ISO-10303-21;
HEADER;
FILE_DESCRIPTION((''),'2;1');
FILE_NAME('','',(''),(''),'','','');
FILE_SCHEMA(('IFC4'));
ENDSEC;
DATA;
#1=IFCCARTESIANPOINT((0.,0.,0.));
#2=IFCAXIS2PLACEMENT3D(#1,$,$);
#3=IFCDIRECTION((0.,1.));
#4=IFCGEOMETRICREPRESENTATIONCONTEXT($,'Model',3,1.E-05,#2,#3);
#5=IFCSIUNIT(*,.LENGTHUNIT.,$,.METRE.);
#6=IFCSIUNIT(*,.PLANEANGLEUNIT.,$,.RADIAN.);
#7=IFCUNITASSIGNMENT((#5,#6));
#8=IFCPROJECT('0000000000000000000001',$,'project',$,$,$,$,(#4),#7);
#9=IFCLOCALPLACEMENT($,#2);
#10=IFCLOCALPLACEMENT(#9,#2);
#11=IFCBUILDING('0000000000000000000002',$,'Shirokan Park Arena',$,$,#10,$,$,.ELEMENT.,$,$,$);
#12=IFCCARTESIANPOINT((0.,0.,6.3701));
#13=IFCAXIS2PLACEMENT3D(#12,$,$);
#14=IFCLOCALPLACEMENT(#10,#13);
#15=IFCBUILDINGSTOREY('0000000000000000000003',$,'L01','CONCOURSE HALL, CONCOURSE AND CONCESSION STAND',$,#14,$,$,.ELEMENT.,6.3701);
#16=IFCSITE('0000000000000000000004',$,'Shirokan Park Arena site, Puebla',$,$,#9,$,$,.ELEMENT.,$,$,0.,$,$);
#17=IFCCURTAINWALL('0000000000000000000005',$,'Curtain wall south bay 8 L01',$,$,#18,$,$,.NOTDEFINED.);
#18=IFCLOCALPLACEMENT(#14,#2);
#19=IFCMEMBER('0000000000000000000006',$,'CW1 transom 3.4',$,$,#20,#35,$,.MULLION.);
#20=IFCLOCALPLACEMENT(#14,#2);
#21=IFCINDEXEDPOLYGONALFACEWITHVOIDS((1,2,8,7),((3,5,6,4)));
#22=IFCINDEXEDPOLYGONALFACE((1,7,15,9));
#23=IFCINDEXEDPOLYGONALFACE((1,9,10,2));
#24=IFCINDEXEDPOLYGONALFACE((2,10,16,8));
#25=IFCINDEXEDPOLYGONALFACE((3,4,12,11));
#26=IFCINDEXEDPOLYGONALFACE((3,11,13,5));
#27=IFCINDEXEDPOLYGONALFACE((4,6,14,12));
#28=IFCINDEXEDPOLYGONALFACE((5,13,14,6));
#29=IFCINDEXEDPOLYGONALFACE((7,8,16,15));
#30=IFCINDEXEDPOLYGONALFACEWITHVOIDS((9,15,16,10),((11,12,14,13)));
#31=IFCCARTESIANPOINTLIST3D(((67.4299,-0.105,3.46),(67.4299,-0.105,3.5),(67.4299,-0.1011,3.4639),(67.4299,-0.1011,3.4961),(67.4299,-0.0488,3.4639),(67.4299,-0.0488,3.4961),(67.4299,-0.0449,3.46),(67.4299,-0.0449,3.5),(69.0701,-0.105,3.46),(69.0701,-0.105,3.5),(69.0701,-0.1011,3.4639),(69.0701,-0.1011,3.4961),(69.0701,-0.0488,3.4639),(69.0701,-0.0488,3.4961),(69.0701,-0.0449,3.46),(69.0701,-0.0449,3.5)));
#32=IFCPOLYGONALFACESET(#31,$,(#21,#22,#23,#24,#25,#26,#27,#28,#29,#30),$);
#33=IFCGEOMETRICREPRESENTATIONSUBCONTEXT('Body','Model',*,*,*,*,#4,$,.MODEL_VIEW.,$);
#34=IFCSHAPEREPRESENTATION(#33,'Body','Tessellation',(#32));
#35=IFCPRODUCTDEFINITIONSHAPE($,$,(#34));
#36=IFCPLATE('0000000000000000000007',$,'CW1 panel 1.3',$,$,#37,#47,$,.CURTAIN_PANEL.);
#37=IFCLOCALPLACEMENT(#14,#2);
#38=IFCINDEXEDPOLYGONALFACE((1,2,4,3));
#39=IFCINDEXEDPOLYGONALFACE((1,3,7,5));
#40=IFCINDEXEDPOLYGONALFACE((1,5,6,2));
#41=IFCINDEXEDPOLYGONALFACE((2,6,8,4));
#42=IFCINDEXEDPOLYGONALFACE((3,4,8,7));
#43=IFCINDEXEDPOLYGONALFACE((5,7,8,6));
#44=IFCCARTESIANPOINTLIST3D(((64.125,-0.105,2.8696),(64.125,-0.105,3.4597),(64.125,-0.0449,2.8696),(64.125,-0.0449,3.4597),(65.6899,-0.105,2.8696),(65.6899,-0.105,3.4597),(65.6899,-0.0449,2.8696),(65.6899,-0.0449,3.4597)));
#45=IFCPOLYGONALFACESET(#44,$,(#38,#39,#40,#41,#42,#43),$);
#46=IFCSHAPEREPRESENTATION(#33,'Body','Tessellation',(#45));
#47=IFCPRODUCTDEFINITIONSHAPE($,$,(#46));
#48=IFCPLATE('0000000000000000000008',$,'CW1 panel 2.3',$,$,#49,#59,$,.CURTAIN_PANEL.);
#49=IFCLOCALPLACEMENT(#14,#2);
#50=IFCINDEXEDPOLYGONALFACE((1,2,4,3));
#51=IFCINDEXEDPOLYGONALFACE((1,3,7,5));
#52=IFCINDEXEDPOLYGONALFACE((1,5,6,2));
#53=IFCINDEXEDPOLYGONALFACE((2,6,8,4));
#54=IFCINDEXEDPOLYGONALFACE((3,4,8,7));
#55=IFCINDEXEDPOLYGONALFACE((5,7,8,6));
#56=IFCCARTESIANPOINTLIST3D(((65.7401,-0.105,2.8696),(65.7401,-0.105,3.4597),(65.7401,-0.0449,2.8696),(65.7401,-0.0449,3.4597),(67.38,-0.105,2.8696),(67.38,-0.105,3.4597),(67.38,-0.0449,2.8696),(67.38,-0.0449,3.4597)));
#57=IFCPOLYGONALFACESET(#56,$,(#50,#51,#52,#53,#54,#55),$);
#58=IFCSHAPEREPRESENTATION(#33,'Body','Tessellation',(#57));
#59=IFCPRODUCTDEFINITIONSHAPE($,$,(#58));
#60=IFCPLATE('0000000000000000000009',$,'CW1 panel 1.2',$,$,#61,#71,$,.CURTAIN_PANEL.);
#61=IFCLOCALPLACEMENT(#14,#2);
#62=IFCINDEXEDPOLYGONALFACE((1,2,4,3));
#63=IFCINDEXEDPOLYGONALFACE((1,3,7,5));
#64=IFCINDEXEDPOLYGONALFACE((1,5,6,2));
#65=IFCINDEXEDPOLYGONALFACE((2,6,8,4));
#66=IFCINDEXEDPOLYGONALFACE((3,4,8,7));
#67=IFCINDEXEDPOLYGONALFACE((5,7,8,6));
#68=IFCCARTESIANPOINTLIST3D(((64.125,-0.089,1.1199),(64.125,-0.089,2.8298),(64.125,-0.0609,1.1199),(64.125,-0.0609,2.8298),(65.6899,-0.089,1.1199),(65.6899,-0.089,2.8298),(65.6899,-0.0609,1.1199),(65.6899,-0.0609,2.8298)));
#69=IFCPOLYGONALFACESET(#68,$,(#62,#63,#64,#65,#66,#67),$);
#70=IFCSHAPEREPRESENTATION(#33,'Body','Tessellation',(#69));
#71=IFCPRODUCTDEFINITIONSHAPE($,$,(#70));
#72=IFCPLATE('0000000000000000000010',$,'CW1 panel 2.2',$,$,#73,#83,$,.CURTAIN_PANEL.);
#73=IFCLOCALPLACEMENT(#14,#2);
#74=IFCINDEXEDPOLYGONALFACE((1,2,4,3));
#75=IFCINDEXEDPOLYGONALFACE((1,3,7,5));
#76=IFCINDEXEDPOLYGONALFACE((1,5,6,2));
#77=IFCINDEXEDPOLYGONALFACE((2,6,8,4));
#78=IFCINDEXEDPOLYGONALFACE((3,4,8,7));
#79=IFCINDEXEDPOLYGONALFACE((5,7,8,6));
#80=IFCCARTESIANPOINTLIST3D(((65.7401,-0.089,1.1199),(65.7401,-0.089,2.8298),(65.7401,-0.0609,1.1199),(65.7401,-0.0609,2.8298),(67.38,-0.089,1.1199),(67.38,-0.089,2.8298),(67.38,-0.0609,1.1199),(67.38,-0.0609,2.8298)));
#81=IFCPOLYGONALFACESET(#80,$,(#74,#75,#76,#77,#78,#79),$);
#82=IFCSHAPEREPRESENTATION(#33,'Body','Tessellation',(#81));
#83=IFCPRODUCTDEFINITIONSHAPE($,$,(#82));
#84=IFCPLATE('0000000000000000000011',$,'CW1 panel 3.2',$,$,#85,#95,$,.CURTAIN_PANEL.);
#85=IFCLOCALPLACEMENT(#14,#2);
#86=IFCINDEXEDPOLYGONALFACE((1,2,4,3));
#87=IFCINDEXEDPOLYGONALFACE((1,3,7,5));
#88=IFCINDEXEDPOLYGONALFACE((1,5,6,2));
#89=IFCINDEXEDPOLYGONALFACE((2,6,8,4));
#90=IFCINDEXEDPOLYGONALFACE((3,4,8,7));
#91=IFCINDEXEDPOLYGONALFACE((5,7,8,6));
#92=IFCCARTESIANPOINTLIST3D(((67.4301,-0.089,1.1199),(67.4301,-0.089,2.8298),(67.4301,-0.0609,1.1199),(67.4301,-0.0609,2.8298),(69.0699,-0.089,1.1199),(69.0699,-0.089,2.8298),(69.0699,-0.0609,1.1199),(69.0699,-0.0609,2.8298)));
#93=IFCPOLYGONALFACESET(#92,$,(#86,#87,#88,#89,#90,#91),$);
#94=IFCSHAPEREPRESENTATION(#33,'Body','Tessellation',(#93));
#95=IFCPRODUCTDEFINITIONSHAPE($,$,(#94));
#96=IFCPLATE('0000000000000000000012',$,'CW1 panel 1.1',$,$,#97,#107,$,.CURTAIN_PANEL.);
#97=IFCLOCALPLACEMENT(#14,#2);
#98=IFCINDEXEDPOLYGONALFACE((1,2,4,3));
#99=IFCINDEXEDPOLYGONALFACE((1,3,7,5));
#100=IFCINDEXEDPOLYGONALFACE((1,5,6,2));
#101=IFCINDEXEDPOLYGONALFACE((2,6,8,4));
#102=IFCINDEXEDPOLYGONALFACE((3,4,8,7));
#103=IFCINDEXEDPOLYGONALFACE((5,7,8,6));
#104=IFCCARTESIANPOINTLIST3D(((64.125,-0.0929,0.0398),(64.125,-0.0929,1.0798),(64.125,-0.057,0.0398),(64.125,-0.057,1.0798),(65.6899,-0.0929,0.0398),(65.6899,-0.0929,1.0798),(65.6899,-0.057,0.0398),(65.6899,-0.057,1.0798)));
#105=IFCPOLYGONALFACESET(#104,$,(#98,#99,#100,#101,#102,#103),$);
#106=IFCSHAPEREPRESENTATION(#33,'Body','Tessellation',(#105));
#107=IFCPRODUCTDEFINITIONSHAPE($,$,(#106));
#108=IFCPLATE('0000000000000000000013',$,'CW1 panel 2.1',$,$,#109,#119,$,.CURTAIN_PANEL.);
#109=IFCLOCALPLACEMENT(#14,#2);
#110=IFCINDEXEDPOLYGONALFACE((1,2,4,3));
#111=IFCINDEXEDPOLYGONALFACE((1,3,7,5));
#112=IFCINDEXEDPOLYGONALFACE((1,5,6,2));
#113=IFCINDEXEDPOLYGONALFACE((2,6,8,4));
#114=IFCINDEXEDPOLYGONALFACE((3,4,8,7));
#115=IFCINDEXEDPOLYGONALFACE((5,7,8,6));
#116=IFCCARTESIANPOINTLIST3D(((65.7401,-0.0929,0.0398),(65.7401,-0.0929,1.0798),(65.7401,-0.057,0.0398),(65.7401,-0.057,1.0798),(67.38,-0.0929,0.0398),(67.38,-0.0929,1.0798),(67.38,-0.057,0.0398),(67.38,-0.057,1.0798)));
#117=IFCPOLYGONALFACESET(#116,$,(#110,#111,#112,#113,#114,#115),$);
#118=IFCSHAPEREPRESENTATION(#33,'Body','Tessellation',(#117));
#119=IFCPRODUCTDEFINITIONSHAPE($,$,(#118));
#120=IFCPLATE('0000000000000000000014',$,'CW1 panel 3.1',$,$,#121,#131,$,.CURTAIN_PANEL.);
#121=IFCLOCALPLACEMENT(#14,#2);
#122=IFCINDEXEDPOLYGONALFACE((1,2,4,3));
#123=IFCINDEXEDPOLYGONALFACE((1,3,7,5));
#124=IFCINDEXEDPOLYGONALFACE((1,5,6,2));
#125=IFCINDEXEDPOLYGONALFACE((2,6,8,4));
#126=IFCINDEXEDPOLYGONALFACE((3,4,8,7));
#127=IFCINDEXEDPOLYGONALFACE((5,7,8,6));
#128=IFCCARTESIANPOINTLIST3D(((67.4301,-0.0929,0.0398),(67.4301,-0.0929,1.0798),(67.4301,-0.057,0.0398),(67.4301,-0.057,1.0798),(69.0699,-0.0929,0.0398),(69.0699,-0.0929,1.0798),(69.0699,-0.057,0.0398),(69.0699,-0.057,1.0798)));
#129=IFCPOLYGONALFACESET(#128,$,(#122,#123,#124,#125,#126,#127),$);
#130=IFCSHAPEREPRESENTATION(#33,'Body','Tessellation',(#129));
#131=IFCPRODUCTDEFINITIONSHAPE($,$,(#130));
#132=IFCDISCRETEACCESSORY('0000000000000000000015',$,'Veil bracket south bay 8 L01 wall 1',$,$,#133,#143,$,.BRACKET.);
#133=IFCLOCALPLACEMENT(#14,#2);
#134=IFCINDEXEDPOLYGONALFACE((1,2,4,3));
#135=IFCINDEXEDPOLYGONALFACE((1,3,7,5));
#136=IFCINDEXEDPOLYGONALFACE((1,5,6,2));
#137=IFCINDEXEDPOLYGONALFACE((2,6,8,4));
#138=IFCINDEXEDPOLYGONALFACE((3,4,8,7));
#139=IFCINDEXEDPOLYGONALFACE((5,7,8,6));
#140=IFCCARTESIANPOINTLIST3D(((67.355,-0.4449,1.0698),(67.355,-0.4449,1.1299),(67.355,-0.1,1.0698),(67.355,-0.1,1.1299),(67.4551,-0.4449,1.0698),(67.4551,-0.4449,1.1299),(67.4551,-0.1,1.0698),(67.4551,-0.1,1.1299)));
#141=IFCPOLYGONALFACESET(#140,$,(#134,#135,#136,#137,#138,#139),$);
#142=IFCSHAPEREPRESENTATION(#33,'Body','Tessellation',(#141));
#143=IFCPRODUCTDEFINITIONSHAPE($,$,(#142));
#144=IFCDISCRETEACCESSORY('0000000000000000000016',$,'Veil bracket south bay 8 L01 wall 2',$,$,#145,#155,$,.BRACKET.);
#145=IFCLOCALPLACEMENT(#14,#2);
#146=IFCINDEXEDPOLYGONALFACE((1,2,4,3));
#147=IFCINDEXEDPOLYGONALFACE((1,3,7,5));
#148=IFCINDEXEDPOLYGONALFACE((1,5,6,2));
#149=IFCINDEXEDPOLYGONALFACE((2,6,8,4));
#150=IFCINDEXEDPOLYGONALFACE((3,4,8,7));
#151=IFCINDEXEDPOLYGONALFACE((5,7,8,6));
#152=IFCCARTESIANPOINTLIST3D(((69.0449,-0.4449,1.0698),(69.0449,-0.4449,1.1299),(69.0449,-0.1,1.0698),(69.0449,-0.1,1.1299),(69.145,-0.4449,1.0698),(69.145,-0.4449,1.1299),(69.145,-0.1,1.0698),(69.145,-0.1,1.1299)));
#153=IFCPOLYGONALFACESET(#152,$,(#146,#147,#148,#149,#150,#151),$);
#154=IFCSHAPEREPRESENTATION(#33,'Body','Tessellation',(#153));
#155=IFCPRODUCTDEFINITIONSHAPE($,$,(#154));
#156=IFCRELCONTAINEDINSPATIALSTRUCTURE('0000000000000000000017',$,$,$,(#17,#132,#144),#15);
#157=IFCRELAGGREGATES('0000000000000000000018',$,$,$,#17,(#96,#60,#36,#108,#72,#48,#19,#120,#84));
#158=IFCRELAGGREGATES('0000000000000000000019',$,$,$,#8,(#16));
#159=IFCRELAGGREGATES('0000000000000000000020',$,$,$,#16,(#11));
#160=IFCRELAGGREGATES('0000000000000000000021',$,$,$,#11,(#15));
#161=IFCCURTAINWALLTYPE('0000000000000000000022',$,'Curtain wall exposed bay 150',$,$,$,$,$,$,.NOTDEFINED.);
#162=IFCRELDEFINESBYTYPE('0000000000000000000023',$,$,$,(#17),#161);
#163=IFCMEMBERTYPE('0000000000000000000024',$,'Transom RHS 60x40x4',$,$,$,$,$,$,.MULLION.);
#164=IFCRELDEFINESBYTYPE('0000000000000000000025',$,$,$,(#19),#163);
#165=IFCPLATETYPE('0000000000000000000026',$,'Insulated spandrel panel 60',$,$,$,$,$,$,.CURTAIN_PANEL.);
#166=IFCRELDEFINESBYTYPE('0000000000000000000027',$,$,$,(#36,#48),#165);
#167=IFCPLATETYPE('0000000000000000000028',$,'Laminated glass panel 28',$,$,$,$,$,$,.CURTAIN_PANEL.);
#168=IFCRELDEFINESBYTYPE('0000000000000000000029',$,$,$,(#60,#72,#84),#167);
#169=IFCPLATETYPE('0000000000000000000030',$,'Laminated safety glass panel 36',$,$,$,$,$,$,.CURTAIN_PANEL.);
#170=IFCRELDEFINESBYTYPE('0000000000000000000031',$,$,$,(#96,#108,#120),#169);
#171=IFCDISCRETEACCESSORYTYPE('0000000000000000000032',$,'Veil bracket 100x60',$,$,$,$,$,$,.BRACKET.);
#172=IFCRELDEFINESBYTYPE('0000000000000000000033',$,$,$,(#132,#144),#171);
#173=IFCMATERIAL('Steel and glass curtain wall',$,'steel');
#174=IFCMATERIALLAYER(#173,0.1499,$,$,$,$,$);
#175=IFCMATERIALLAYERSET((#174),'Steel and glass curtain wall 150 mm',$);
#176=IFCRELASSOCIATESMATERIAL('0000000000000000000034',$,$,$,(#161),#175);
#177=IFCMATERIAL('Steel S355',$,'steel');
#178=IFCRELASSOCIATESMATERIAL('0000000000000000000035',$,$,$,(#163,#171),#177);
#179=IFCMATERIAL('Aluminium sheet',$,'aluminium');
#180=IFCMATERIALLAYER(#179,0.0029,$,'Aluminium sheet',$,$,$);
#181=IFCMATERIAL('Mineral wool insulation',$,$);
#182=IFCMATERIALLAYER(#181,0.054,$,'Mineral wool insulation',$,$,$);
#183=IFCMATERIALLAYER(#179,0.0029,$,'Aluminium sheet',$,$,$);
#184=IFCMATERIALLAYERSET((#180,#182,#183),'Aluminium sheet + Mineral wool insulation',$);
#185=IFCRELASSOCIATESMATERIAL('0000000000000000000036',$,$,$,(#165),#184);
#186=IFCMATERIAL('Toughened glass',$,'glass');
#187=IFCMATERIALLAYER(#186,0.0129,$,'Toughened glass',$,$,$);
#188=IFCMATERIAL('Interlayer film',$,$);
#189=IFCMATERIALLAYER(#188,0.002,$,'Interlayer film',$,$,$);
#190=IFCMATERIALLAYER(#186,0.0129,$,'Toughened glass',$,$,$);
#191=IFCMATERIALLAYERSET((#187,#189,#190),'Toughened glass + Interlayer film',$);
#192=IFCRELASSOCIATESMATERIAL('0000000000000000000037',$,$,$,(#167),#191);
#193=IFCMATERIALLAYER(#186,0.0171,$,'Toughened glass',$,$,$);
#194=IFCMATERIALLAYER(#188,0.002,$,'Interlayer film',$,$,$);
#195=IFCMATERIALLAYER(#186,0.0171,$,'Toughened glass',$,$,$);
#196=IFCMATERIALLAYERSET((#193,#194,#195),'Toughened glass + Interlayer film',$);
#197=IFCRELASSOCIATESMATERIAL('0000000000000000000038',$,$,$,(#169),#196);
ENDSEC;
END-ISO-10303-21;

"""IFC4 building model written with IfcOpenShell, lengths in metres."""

from ifc_helpers import new_model, si_unit, direction, frame, origin, origin_2d, place, context, subcontext, project, spatial, rectangle, hollow_rectangle, extrude, material, layer, layer_set, material_profile, profile_set, type_object, element, aggregate, save


model = new_model("IFC4")

# Units and contexts
model_context = context("Model", 3, precision=1e-05, world=origin(), true_north=direction((0.0, 1.0)))
body_context = subcontext(model_context, "Body", "Model", "MODEL_VIEW")
ifc_project = project(units=[si_unit("LENGTHUNIT", "METRE"), si_unit("PLANEANGLEUNIT", "RADIAN")], contexts=[model_context])

# Site, building, storey
site_placement = place(None, origin())
site = spatial("IfcSite", under=ifc_project, at=site_placement, Name="Shirokan Park Arena site, Puebla", CompositionType="ELEMENT", RefElevation=0.0)
building_placement = place(site_placement, origin())
building = spatial("IfcBuilding", under=site, at=building_placement, Name="Shirokan Park Arena", CompositionType="ELEMENT")
storey_placement = place(building_placement, frame((0.0, 0.0, 6.3701)))
storey = spatial("IfcBuildingStorey", under=building, at=storey_placement, Name="L01", Description="CONCOURSE HALL, CONCOURSE AND CONCESSION STAND", CompositionType="ELEMENT", Elevation=6.3701)

# Curtain wall, member, plates
ifc_material_1 = material(Name="Steel and glass curtain wall", Category="steel")
ifc_layer_1 = layer(ifc_material_1, 0.1499)
ifc_layer_set_1 = layer_set([ifc_layer_1], Name="Steel and glass curtain wall 150 mm")
curtain_wall_type = type_object("IfcCurtainWallType", Name="Curtain wall exposed bay 150", PredefinedType="NOTDEFINED", material=ifc_layer_set_1)
curtain_wall_placement = place(storey_placement, origin())
curtain_wall = element("IfcCurtainWall", 1, at=curtain_wall_placement, inside=storey, type_object=curtain_wall_type, Name="Curtain wall south bay 8 L01", PredefinedType="NOTDEFINED")
ifc_material_2 = material(Name="Steel S355", Category="steel")
ifc_material_profile_1 = material_profile(ifc_material_2, hollow_rectangle(XDim=0.0601, YDim=0.04, WallThickness=0.0039, at=origin_2d()), Name="RHS 60x40x4")
ifc_profile_set_1 = profile_set([ifc_material_profile_1], Name="Steel S355")
member_type_1 = type_object("IfcMemberType", Name="Transom RHS 60x40x4", PredefinedType="MULLION", material=ifc_profile_set_1)
member_1_placement = place(storey_placement, frame((67.4299, -0.075, 3.48), z_axis=(1.0, 0.0, 0.0), x_axis=(0.0, 1.0, 0.0)))
member_1 = element("IfcMember", 2, at=member_1_placement, type_object=member_type_1, Name="CW1 transom 3.4", PredefinedType="MULLION", context=body_context, shape_type="SweptSolid", body=[
    extrude(hollow_rectangle(XDim=0.0601, YDim=0.04, WallThickness=0.0039, at=origin_2d()), origin(), (0.0, 0.0, 1.0), 1.6401),
])
ifc_material_3 = material(Name="Aluminium sheet", Category="aluminium")
ifc_layer_2 = layer(ifc_material_3, 0.0029, Name="Aluminium sheet")
ifc_material_4 = material(Name="Mineral wool insulation")
ifc_layer_3 = layer(ifc_material_4, 0.054, Name="Mineral wool insulation")
ifc_layer_4 = layer(ifc_material_3, 0.0029, Name="Aluminium sheet")
ifc_layer_set_2 = layer_set([ifc_layer_2, ifc_layer_3, ifc_layer_4], Name="Aluminium sheet + Mineral wool insulation")
plate_type_1 = type_object("IfcPlateType", Name="Insulated spandrel panel 60", PredefinedType="CURTAIN_PANEL", material=ifc_layer_set_2)
plate_1_placement = place(storey_placement, frame((64.9075, -0.075, 2.8696), z_axis=(0.0, 0.0, 1.0), x_axis=(1.0, 0.0, 0.0)))
plate_1 = element("IfcPlate", 3, at=plate_1_placement, type_object=plate_type_1, Name="CW1 panel 1.3", PredefinedType="CURTAIN_PANEL", context=body_context, shape_type="SweptSolid", body=[
    extrude(rectangle(XDim=1.5649, YDim=0.0601, at=origin_2d()), origin(), (0.0, 0.0, 1.0), 0.5901),
])
plate_2_placement = place(storey_placement, frame((66.5601, -0.075, 2.8696), z_axis=(0.0, 0.0, 1.0), x_axis=(1.0, 0.0, 0.0)))
plate_2 = element("IfcPlate", 4, at=plate_2_placement, type_object=plate_type_1, Name="CW1 panel 2.3", PredefinedType="CURTAIN_PANEL", context=body_context, shape_type="SweptSolid", body=[
    extrude(rectangle(XDim=1.6399, YDim=0.0601, at=origin_2d()), origin(), (0.0, 0.0, 1.0), 0.5901),
])
ifc_material_5 = material(Name="Toughened glass", Category="glass")
ifc_layer_5 = layer(ifc_material_5, 0.0129, Name="Toughened glass")
ifc_material_6 = material(Name="Interlayer film")
ifc_layer_6 = layer(ifc_material_6, 0.002, Name="Interlayer film")
ifc_layer_7 = layer(ifc_material_5, 0.0129, Name="Toughened glass")
ifc_layer_set_3 = layer_set([ifc_layer_5, ifc_layer_6, ifc_layer_7], Name="Toughened glass + Interlayer film")
plate_type_2 = type_object("IfcPlateType", Name="Laminated glass panel 28", PredefinedType="CURTAIN_PANEL", material=ifc_layer_set_3)
plate_3_placement = place(storey_placement, frame((64.9075, -0.075, 1.1199), z_axis=(0.0, 0.0, 1.0), x_axis=(1.0, 0.0, 0.0)))
plate_3 = element("IfcPlate", 5, at=plate_3_placement, type_object=plate_type_2, Name="CW1 panel 1.2", PredefinedType="CURTAIN_PANEL", context=body_context, shape_type="SweptSolid", body=[
    extrude(rectangle(XDim=1.5649, YDim=0.0281, at=origin_2d()), origin(), (0.0, 0.0, 1.0), 1.71),
])
plate_4_placement = place(storey_placement, frame((66.5601, -0.075, 1.1199), z_axis=(0.0, 0.0, 1.0), x_axis=(1.0, 0.0, 0.0)))
plate_4 = element("IfcPlate", 6, at=plate_4_placement, type_object=plate_type_2, Name="CW1 panel 2.2", PredefinedType="CURTAIN_PANEL", context=body_context, shape_type="SweptSolid", body=[
    extrude(rectangle(XDim=1.6399, YDim=0.0281, at=origin_2d()), origin(), (0.0, 0.0, 1.0), 1.71),
])
plate_5_placement = place(storey_placement, frame((68.25, -0.075, 1.1199), z_axis=(0.0, 0.0, 1.0), x_axis=(1.0, 0.0, 0.0)))
plate_5 = element("IfcPlate", 7, at=plate_5_placement, type_object=plate_type_2, Name="CW1 panel 3.2", PredefinedType="CURTAIN_PANEL", context=body_context, shape_type="SweptSolid", body=[
    extrude(rectangle(XDim=1.6399, YDim=0.0281, at=origin_2d()), origin(), (0.0, 0.0, 1.0), 1.71),
])
ifc_layer_8 = layer(ifc_material_5, 0.0171, Name="Toughened glass")
ifc_layer_9 = layer(ifc_material_6, 0.002, Name="Interlayer film")
ifc_layer_10 = layer(ifc_material_5, 0.0171, Name="Toughened glass")
ifc_layer_set_4 = layer_set([ifc_layer_8, ifc_layer_9, ifc_layer_10], Name="Toughened glass + Interlayer film")
plate_type_3 = type_object("IfcPlateType", Name="Laminated safety glass panel 36", PredefinedType="CURTAIN_PANEL", material=ifc_layer_set_4)
plate_6_placement = place(storey_placement, frame((64.9075, -0.075, 0.0398), z_axis=(0.0, 0.0, 1.0), x_axis=(1.0, 0.0, 0.0)))
plate_6 = element("IfcPlate", 8, at=plate_6_placement, type_object=plate_type_3, Name="CW1 panel 1.1", PredefinedType="CURTAIN_PANEL", context=body_context, shape_type="SweptSolid", body=[
    extrude(rectangle(XDim=1.5649, YDim=0.0359, at=origin_2d()), origin(), (0.0, 0.0, 1.0), 1.04),
])
plate_7_placement = place(storey_placement, frame((66.5601, -0.075, 0.0398), z_axis=(0.0, 0.0, 1.0), x_axis=(1.0, 0.0, 0.0)))
plate_7 = element("IfcPlate", 9, at=plate_7_placement, type_object=plate_type_3, Name="CW1 panel 2.1", PredefinedType="CURTAIN_PANEL", context=body_context, shape_type="SweptSolid", body=[
    extrude(rectangle(XDim=1.6399, YDim=0.0359, at=origin_2d()), origin(), (0.0, 0.0, 1.0), 1.04),
])
plate_8_placement = place(storey_placement, frame((68.25, -0.075, 0.0398), z_axis=(0.0, 0.0, 1.0), x_axis=(1.0, 0.0, 0.0)))
plate_8 = element("IfcPlate", 10, at=plate_8_placement, type_object=plate_type_3, Name="CW1 panel 3.1", PredefinedType="CURTAIN_PANEL", context=body_context, shape_type="SweptSolid", body=[
    extrude(rectangle(XDim=1.6399, YDim=0.0359, at=origin_2d()), origin(), (0.0, 0.0, 1.0), 1.04),
])
aggregate(curtain_wall, [plate_6, plate_3, plate_1, plate_7, plate_4, plate_2, member_1, plate_8, plate_5])

# Discrete accessories
discrete_accessory_type = type_object("IfcDiscreteAccessoryType", Name="Veil bracket 100x60", PredefinedType="BRACKET", material=ifc_material_2)
for number, where, z_axis, x_axis, name in (
    (11, (67.405, -0.2725, 1.0698), (0.0, 0.0, 1.0), (1.0, 0.0, 0.0), "Veil bracket south bay 8 L01 wall 1"),
    (12, (69.095, -0.2725, 1.0698), (0.0, 0.0, 1.0), (1.0, 0.0, 0.0), "Veil bracket south bay 8 L01 wall 2"),
):
    element("IfcDiscreteAccessory", number, at=place(storey_placement, frame(where, z_axis=z_axis, x_axis=x_axis)), inside=storey, type_object=discrete_accessory_type, Name=name, PredefinedType="BRACKET", context=body_context, shape_type="SweptSolid", body=[
        extrude(rectangle(XDim=0.1001, YDim=0.345, at=origin_2d()), origin(), (0.0, 0.0, 1.0), 0.0601),
    ])

save(model, "model.ifc")
